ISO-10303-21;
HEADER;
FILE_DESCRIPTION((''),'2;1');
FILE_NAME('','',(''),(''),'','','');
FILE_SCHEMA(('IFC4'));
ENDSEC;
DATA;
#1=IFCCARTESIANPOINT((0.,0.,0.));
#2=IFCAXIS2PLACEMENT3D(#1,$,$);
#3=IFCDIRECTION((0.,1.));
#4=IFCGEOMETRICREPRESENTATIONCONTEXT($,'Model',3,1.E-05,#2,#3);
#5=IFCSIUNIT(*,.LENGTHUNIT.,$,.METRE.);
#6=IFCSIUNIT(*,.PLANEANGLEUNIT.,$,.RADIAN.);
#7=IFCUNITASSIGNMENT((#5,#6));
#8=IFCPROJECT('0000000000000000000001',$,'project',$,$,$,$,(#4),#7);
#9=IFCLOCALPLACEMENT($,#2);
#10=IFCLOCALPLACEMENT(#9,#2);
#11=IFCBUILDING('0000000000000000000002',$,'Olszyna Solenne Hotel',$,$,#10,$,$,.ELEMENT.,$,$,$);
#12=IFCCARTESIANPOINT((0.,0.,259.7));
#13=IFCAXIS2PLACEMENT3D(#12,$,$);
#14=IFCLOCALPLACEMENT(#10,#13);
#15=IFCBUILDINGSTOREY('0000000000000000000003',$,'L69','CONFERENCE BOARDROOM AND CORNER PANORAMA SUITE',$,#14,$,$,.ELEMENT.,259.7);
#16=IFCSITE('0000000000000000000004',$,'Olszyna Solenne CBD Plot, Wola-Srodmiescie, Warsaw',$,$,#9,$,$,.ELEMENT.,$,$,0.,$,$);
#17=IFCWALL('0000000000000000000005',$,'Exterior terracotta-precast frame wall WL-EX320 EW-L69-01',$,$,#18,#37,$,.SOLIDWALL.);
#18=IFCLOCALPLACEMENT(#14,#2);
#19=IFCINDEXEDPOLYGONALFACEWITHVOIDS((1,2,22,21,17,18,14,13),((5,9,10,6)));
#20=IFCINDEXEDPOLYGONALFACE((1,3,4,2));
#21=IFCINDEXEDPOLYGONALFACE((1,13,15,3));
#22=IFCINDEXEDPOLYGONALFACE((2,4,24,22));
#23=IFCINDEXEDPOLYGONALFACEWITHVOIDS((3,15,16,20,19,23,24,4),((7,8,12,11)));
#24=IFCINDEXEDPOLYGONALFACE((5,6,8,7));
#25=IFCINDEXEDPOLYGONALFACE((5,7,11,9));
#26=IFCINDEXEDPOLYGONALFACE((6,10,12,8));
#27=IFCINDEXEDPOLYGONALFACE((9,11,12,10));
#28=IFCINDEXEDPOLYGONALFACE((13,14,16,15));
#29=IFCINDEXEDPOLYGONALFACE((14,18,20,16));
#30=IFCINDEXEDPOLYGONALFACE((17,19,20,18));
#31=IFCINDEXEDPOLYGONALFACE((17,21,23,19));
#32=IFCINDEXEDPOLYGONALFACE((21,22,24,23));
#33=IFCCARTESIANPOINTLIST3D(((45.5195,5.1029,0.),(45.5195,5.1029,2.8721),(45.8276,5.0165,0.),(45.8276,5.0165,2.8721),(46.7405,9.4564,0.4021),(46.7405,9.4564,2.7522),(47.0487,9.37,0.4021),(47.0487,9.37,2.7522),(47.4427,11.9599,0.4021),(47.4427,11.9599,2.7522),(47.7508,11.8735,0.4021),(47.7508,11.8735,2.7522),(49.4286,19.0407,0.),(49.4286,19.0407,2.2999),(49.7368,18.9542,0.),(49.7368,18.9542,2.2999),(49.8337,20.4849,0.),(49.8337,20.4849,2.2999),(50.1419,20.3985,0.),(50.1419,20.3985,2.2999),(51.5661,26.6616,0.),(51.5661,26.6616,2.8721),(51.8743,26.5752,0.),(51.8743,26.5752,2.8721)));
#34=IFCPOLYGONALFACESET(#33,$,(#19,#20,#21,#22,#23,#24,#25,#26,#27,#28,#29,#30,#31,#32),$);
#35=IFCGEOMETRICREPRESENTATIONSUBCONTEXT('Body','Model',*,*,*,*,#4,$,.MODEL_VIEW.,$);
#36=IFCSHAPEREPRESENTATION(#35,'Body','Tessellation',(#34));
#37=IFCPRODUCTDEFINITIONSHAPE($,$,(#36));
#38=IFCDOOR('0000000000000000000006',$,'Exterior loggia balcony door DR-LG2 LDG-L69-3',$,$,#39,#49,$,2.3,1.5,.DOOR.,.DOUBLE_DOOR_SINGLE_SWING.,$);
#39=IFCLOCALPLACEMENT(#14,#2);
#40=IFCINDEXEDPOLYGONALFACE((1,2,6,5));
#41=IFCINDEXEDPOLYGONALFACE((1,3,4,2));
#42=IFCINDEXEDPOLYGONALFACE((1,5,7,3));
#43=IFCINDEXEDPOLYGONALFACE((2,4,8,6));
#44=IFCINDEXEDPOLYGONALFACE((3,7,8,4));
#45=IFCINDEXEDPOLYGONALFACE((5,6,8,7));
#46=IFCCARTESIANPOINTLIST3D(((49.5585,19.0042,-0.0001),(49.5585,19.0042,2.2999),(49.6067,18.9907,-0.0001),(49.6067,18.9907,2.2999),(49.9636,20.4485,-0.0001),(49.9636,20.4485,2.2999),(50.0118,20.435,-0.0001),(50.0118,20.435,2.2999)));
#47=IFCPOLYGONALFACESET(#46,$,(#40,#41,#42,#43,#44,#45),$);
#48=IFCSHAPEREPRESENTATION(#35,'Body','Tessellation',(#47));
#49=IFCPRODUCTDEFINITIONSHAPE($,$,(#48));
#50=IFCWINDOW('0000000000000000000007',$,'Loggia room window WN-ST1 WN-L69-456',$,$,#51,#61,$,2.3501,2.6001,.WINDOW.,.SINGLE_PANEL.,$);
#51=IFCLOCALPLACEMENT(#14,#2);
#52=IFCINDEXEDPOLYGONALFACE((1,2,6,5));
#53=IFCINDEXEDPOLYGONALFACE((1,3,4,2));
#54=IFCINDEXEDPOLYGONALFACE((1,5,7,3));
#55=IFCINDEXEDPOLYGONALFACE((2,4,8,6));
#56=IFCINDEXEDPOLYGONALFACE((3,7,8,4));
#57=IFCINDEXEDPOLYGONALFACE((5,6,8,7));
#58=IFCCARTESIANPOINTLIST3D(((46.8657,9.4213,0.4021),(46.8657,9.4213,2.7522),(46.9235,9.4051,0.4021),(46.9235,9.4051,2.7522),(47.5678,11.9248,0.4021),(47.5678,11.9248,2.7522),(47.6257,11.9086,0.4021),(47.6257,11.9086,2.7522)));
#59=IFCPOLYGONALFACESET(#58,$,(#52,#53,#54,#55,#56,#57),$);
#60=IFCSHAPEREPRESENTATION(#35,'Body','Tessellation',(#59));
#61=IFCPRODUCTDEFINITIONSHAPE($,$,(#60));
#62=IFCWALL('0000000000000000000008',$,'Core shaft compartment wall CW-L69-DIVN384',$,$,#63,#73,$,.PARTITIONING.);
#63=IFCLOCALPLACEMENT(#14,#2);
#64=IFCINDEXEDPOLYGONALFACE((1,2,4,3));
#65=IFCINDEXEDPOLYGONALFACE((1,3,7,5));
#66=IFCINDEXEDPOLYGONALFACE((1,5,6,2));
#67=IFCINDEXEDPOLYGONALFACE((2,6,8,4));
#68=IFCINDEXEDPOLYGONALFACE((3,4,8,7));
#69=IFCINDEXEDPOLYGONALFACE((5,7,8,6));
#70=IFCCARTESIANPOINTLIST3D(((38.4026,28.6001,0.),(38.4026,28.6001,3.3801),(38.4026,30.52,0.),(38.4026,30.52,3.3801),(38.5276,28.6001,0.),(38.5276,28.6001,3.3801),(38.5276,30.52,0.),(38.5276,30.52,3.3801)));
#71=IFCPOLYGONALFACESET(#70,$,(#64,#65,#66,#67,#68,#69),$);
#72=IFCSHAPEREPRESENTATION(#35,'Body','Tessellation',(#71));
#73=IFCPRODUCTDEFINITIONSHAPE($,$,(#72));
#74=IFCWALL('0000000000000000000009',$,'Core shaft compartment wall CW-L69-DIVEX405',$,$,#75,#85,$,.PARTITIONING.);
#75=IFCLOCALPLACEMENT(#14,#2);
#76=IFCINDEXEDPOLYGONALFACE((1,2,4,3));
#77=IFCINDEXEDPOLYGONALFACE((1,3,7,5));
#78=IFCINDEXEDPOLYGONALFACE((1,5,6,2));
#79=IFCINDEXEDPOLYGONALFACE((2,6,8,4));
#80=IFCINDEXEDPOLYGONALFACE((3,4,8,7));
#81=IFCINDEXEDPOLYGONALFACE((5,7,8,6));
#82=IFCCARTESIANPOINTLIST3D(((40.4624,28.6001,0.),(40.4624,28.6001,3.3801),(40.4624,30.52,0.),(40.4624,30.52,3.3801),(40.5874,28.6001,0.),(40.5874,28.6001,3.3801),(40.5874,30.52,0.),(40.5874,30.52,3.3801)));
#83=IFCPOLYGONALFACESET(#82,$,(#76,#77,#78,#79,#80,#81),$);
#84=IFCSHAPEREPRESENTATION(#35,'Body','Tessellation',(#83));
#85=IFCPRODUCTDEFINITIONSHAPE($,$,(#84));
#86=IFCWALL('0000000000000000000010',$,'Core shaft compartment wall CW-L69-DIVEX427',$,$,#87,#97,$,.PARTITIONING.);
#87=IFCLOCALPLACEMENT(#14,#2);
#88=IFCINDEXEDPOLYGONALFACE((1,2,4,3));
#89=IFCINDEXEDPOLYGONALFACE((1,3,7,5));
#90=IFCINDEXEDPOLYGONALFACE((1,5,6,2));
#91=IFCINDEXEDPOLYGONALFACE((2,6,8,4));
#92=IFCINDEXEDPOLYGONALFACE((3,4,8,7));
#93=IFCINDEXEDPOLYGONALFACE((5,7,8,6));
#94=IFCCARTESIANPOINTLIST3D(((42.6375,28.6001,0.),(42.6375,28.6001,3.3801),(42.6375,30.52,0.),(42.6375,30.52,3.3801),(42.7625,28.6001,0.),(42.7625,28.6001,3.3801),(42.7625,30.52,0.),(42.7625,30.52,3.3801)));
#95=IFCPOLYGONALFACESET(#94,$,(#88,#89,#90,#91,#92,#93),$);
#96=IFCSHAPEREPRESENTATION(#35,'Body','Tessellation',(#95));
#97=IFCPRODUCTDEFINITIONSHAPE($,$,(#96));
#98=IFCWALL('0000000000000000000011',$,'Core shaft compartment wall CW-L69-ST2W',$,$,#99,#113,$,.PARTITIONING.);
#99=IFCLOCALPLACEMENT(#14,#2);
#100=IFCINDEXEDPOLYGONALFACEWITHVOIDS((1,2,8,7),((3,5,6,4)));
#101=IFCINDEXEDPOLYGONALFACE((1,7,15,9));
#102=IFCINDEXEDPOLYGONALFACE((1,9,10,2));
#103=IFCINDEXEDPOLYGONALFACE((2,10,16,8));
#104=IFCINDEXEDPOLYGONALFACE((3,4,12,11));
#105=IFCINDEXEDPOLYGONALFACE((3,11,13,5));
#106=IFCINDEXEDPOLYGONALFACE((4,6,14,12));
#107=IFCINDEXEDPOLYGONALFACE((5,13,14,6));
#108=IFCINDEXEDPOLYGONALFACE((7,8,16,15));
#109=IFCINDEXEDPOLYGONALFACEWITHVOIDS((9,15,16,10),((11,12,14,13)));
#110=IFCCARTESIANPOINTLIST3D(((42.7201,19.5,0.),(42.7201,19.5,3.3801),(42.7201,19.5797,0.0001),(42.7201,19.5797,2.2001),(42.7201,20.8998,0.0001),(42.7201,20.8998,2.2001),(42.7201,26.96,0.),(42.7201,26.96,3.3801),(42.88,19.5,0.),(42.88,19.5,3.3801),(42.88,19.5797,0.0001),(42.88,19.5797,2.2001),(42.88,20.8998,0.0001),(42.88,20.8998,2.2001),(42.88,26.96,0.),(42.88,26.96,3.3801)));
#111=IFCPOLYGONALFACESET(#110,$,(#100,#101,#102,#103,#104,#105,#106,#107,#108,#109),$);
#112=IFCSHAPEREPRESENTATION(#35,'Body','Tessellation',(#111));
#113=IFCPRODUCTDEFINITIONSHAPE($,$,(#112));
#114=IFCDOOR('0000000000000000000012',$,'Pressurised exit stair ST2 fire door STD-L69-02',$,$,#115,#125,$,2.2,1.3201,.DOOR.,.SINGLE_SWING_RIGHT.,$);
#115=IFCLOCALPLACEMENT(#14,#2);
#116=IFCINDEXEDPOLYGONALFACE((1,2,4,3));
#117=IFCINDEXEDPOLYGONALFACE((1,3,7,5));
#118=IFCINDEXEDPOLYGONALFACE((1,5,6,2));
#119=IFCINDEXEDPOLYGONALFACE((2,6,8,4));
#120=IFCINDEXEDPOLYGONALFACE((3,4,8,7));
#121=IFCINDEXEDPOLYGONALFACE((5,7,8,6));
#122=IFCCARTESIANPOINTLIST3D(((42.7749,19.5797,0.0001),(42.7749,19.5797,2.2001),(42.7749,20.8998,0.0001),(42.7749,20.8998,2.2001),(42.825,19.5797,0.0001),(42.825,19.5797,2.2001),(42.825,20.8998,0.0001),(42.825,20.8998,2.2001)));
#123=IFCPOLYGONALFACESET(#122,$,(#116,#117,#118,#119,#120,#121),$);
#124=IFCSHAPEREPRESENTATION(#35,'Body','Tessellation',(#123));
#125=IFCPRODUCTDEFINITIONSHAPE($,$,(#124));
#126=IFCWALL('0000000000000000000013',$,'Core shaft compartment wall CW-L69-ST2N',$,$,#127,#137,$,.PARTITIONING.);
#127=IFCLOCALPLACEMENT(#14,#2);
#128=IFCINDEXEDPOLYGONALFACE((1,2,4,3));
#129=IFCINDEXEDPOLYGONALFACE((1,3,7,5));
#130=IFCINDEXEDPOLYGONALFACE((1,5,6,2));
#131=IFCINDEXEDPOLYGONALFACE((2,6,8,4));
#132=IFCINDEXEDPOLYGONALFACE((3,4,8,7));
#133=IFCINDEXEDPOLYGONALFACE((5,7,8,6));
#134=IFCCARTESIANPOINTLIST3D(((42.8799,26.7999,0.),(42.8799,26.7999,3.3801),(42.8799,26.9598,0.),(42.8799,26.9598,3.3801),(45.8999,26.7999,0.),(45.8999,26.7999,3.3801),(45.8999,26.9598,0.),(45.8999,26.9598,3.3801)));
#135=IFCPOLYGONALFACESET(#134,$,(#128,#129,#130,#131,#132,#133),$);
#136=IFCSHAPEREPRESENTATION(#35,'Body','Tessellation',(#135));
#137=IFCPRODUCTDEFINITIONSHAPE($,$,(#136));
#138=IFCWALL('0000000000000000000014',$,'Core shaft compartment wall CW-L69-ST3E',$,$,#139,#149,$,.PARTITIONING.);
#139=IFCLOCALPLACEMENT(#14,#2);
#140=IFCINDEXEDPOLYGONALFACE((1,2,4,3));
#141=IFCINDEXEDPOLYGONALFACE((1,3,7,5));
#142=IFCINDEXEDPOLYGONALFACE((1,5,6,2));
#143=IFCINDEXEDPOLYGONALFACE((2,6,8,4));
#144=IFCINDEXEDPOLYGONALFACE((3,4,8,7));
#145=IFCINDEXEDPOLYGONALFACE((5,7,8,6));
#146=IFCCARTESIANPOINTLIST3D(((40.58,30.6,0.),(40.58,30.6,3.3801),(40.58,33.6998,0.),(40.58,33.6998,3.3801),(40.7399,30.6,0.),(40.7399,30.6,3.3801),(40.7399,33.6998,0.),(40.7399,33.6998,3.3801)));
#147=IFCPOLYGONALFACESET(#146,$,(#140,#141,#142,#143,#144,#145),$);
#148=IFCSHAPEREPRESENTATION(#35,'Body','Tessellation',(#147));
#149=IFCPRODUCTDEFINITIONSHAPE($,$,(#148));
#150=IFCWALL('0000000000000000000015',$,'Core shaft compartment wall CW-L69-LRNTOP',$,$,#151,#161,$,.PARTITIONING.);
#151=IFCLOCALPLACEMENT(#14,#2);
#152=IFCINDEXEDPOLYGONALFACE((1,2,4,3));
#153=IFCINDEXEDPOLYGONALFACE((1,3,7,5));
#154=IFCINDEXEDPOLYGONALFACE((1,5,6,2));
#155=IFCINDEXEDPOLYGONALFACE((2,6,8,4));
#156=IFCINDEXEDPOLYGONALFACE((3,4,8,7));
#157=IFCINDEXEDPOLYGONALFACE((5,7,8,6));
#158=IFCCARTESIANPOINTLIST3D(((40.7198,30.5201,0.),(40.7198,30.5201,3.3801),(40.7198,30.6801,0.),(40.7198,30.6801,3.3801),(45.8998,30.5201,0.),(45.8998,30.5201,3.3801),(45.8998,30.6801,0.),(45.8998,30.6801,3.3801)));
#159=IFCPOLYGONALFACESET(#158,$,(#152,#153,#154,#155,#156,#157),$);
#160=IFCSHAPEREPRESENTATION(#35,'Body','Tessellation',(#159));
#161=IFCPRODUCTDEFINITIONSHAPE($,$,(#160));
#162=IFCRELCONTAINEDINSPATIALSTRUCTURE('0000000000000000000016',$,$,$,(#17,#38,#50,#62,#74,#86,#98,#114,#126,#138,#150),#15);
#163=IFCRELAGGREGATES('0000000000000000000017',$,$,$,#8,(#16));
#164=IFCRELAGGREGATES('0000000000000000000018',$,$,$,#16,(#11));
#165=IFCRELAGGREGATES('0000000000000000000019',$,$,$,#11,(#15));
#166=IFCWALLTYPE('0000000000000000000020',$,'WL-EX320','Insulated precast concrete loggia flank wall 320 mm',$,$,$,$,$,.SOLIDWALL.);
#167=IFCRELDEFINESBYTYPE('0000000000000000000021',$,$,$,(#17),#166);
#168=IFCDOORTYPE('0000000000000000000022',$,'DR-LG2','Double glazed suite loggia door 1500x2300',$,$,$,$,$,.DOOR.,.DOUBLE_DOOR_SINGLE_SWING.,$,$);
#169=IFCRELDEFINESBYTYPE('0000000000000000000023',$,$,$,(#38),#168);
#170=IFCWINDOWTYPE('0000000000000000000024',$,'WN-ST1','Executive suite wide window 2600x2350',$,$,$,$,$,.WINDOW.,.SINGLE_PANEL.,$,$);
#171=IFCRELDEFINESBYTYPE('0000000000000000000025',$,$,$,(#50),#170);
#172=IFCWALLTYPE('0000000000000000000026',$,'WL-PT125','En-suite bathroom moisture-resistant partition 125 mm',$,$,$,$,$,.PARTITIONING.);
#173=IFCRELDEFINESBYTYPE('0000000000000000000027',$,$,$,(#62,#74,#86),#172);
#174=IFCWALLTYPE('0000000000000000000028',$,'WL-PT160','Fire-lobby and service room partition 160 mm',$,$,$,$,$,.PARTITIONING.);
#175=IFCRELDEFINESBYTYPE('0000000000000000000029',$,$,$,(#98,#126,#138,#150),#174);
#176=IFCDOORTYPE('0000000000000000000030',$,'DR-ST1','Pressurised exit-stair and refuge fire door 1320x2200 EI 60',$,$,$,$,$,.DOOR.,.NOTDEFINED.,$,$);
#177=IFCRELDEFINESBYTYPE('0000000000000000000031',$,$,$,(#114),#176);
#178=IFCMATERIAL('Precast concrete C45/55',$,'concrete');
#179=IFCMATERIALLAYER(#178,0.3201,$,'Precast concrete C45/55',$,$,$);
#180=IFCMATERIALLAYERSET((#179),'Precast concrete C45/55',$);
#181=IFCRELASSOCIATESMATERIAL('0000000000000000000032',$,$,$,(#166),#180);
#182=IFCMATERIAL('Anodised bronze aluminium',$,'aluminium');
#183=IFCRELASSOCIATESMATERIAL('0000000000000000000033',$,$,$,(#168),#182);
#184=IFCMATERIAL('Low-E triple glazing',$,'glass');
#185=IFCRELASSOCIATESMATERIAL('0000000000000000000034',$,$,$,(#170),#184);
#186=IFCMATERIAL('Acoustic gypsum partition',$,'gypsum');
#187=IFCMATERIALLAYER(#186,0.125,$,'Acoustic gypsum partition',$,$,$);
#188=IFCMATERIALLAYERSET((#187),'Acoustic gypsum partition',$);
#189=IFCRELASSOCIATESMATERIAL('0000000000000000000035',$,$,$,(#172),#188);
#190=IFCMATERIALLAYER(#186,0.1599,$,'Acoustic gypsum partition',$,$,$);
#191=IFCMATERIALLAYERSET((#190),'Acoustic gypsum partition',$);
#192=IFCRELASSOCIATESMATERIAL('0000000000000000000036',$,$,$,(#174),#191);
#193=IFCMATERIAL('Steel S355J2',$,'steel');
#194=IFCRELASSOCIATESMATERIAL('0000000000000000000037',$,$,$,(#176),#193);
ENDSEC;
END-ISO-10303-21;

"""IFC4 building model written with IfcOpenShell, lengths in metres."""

from ifc_helpers import new_model, si_unit, direction, frame, frame_2d, origin, place, context, subcontext, project, spatial, rectangle, extrude, source, transform, mapped, material, layer, layer_set, type_object, type_shapes, element, fill, save


model = new_model("IFC4")

# Units and contexts
model_context = context("Model", 3, precision=1e-05, world=origin(), true_north=direction((0.0, 1.0)))
body_context = subcontext(model_context, "Body", "Model", "MODEL_VIEW")
ifc_project = project(units=[si_unit("LENGTHUNIT", "METRE"), si_unit("PLANEANGLEUNIT", "RADIAN")], contexts=[model_context])

# Site, building, storey
site_placement = place(None, origin())
site = spatial("IfcSite", under=ifc_project, at=site_placement, Name="Olszyna Solenne CBD Plot, Wola-Srodmiescie, Warsaw", CompositionType="ELEMENT", RefElevation=0.0)
building_placement = place(site_placement, origin())
building = spatial("IfcBuilding", under=site, at=building_placement, Name="Olszyna Solenne Hotel", CompositionType="ELEMENT")
storey_placement = place(building_placement, frame((0.0, 0.0, 259.7)))
storey = spatial("IfcBuildingStorey", under=building, at=storey_placement, Name="L69", Description="CONFERENCE BOARDROOM AND CORNER PANORAMA SUITE", CompositionType="ELEMENT", Elevation=259.7)

# Shared definitions
ifc_material_1 = material(Name="Steel S355J2", Category="steel")

# Wall, openings, door, window
ifc_material_2 = material(Name="Precast concrete C45/55", Category="concrete")
ifc_layer_1 = layer(ifc_material_2, 0.3201, Name="Precast concrete C45/55")
ifc_layer_set_1 = layer_set([ifc_layer_1], Name="Precast concrete C45/55")
wall_type_1 = type_object("IfcWallType", Name="WL-EX320", Description="Insulated precast concrete loggia flank wall 320 mm", PredefinedType="SOLIDWALL", material=ifc_layer_set_1)
wall_1_placement = place(storey_placement, frame((51.7202, 26.6184, 0.0), z_axis=(0.0, 0.0, 1.0), x_axis=(-0.270053, -0.962845, 0.0)))
wall_1 = element("IfcWall", 1, at=wall_1_placement, inside=storey, type_object=wall_type_1, Name="Exterior terracotta-precast frame wall WL-EX320 EW-L69-01", PredefinedType="SOLIDWALL", context=body_context, shape_type="SweptSolid", body=[
    extrude(rectangle(XDim=22.3906, YDim=0.3201, at=frame_2d((11.1953, 0.0))), origin(), (0.0, 0.0, 1.0), 2.8721),
])
opening_1_placement = place(wall_1_placement, frame((6.415, 0.0, 0.0)))
opening_1 = element("IfcOpeningElement", 2, at=opening_1_placement, cuts=wall_1, PredefinedType="OPENING", context=body_context, shape_type="SweptSolid", body=[
    extrude(rectangle(XDim=1.5, YDim=2.3, at=frame_2d((0.75, 1.1499))), frame((0.0, 0.1699, 0.0), z_axis=(0.0, -1.0, 0.0), x_axis=(1.0, 0.0, 0.0)), (0.0, 0.0, 1.0), 0.3401),
])
opening_2_placement = place(wall_1_placement, frame((15.269, 0.0, 0.4021)))
opening_2 = element("IfcOpeningElement", 3, at=opening_2_placement, cuts=wall_1, PredefinedType="OPENING", context=body_context, shape_type="SweptSolid", body=[
    extrude(rectangle(XDim=2.6001, YDim=2.3501, at=frame_2d((1.3, 1.175))), frame((0.0, 0.1699, 0.0), z_axis=(0.0, -1.0, 0.0), x_axis=(1.0, 0.0, 0.0)), (0.0, 0.0, 1.0), 0.3401),
])
ifc_material_3 = material(Name="Anodised bronze aluminium", Category="aluminium")
door_type_1 = type_object("IfcDoorType", Name="DR-LG2", Description="Double glazed suite loggia door 1500x2300", OperationType="DOUBLE_DOOR_SINGLE_SWING", PredefinedType="DOOR", material=ifc_material_3)
shared_shape_1 = source(origin(), body_context, "Body", "SweptSolid", [
    extrude(rectangle(XDim=1.5, YDim=2.3, at=frame_2d((0.75, 1.1499))), frame((0.0, 0.0249, 0.0), z_axis=(0.0, -1.0, 0.0), x_axis=(1.0, 0.0, 0.0)), (0.0, 0.0, 1.0), 0.05),
])
type_shapes(door_type_1, [shared_shape_1])
door_1_placement = place(opening_1_placement, origin())
door_1 = element("IfcDoor", 4, at=door_1_placement, inside=storey, type_object=door_type_1, Name="Exterior loggia balcony door DR-LG2 LDG-L69-3", OperationType="DOUBLE_DOOR_SINGLE_SWING", OverallHeight=2.3, OverallWidth=1.5, PredefinedType="DOOR", context=body_context, shape_type="MappedRepresentation", body=[
    mapped(shared_shape_1, transform((0.0, 0.0, 0.0), x_axis=(1.0, 0.0, 0.0), y_axis=(0.0, 1.0, 0.0), z_axis=(0.0, 0.0, 1.0), scale=1.0)),
])
fill(opening_1, door_1)
ifc_material_4 = material(Name="Low-E triple glazing", Category="glass")
window_type = type_object("IfcWindowType", Name="WN-ST1", Description="Executive suite wide window 2600x2350", PartitioningType="SINGLE_PANEL", PredefinedType="WINDOW", material=ifc_material_4)
shared_shape_2 = source(origin(), body_context, "Body", "SweptSolid", [
    extrude(rectangle(XDim=2.6001, YDim=2.3501, at=frame_2d((1.3, 1.175))), frame((0.0, 0.03, 0.0), z_axis=(0.0, -1.0, 0.0), x_axis=(1.0, 0.0, 0.0)), (0.0, 0.0, 1.0), 0.0601),
])
type_shapes(window_type, [shared_shape_2])
window_placement = place(opening_2_placement, origin())
window = element("IfcWindow", 5, at=window_placement, inside=storey, type_object=window_type, Name="Loggia room window WN-ST1 WN-L69-456", OverallHeight=2.3501, OverallWidth=2.6001, PartitioningType="SINGLE_PANEL", PredefinedType="WINDOW", context=body_context, shape_type="MappedRepresentation", body=[
    mapped(shared_shape_2, transform((0.0, 0.0, 0.0), x_axis=(1.0, 0.0, 0.0), y_axis=(0.0, 1.0, 0.0), z_axis=(0.0, 0.0, 1.0), scale=1.0)),
])
fill(opening_2, window)

# Walls
ifc_material_5 = material(Name="Acoustic gypsum partition", Category="gypsum")
ifc_layer_2 = layer(ifc_material_5, 0.125, Name="Acoustic gypsum partition")
ifc_layer_set_2 = layer_set([ifc_layer_2], Name="Acoustic gypsum partition")
wall_type_2 = type_object("IfcWallType", Name="WL-PT125", Description="En-suite bathroom moisture-resistant partition 125 mm", PredefinedType="PARTITIONING", material=ifc_layer_set_2)
for number, where, z_axis, x_axis, name in (
    (6, (38.4651, 28.6001, 0.0), (0.0, 0.0, 1.0), (0.0, 1.0, 0.0), "Core shaft compartment wall CW-L69-DIVN384"),
    (7, (40.5249, 28.6001, 0.0), (0.0, 0.0, 1.0), (0.0, 1.0, 0.0), "Core shaft compartment wall CW-L69-DIVEX405"),
    (8, (42.7, 28.6001, 0.0), (0.0, 0.0, 1.0), (0.0, 1.0, 0.0), "Core shaft compartment wall CW-L69-DIVEX427"),
):
    element("IfcWall", number, at=place(storey_placement, frame(where, z_axis=z_axis, x_axis=x_axis)), inside=storey, type_object=wall_type_2, Name=name, PredefinedType="PARTITIONING", context=body_context, shape_type="SweptSolid", body=[
        extrude(rectangle(XDim=1.9199, YDim=0.125, at=frame_2d((0.96, 0.0))), origin(), (0.0, 0.0, 1.0), 3.3801),
    ])

# Wall, opening, door
ifc_layer_3 = layer(ifc_material_5, 0.1599, Name="Acoustic gypsum partition")
ifc_layer_set_3 = layer_set([ifc_layer_3], Name="Acoustic gypsum partition")
wall_type_3 = type_object("IfcWallType", Name="WL-PT160", Description="Fire-lobby and service room partition 160 mm", PredefinedType="PARTITIONING", material=ifc_layer_set_3)
wall_2_placement = place(storey_placement, frame((42.8, 26.96, 0.0), z_axis=(0.0, 0.0, 1.0), x_axis=(0.0, -1.0, 0.0)))
wall_2 = element("IfcWall", 9, at=wall_2_placement, inside=storey, type_object=wall_type_3, Name="Core shaft compartment wall CW-L69-ST2W", PredefinedType="PARTITIONING", context=body_context, shape_type="SweptSolid", body=[
    extrude(rectangle(XDim=7.46, YDim=0.1599, at=frame_2d((3.73, 0.0))), origin(), (0.0, 0.0, 1.0), 3.3801),
])
opening_3_placement = place(wall_2_placement, frame((6.0601, 0.0, 0.0)))
opening_3 = element("IfcOpeningElement", 10, at=opening_3_placement, cuts=wall_2, PredefinedType="OPENING", context=body_context, shape_type="SweptSolid", body=[
    extrude(rectangle(XDim=1.3201, YDim=2.2, at=frame_2d((0.6602, 1.1001))), frame((0.0, 0.0898, 0.0), z_axis=(0.0, -1.0, 0.0), x_axis=(1.0, 0.0, 0.0)), (0.0, 0.0, 1.0), 0.1799),
])
door_type_2 = type_object("IfcDoorType", Name="DR-ST1", Description="Pressurised exit-stair and refuge fire door 1320x2200 EI 60", OperationType="NOTDEFINED", PredefinedType="DOOR", material=ifc_material_1)
shared_shape_3 = source(origin(), body_context, "Body", "SweptSolid", [
    extrude(rectangle(XDim=1.3201, YDim=2.2, at=frame_2d((0.6602, 1.1001))), frame((0.0, 0.0249, 0.0), z_axis=(0.0, -1.0, 0.0), x_axis=(1.0, 0.0, 0.0)), (0.0, 0.0, 1.0), 0.05),
])
type_shapes(door_type_2, [shared_shape_3])
door_2_placement = place(opening_3_placement, origin())
door_2 = element("IfcDoor", 11, at=door_2_placement, inside=storey, type_object=door_type_2, Name="Pressurised exit stair ST2 fire door STD-L69-02", OperationType="SINGLE_SWING_RIGHT", OverallHeight=2.2, OverallWidth=1.3201, PredefinedType="DOOR", context=body_context, shape_type="MappedRepresentation", body=[
    mapped(shared_shape_3, transform((0.0, 0.0, 0.0), x_axis=(1.0, 0.0, 0.0), y_axis=(0.0, 1.0, 0.0), z_axis=(0.0, 0.0, 1.0), scale=1.0)),
])
fill(opening_3, door_2)

# Walls
wall_3_placement = place(storey_placement, frame((42.8799, 26.8799, 0.0), z_axis=(0.0, 0.0, 1.0), x_axis=(1.0, 0.0, 0.0)))
element("IfcWall", 12, at=wall_3_placement, inside=storey, type_object=wall_type_3, Name="Core shaft compartment wall CW-L69-ST2N", PredefinedType="PARTITIONING", context=body_context, shape_type="SweptSolid", body=[
    extrude(rectangle(XDim=3.02, YDim=0.1599, at=frame_2d((1.51, 0.0))), origin(), (0.0, 0.0, 1.0), 3.3801),
])
wall_4_placement = place(storey_placement, frame((40.6599, 30.6001, 0.0), z_axis=(0.0, 0.0, 1.0), x_axis=(0.0, 1.0, 0.0)))
element("IfcWall", 13, at=wall_4_placement, inside=storey, type_object=wall_type_3, Name="Core shaft compartment wall CW-L69-ST3E", PredefinedType="PARTITIONING", context=body_context, shape_type="SweptSolid", body=[
    extrude(rectangle(XDim=3.0999, YDim=0.1599, at=frame_2d((1.5498, 0.0))), origin(), (0.0, 0.0, 1.0), 3.3801),
])
wall_5_placement = place(storey_placement, frame((40.72, 30.6001, 0.0), z_axis=(0.0, 0.0, 1.0), x_axis=(1.0, 0.0, 0.0)))
element("IfcWall", 14, at=wall_5_placement, inside=storey, type_object=wall_type_3, Name="Core shaft compartment wall CW-L69-LRNTOP", PredefinedType="PARTITIONING", context=body_context, shape_type="SweptSolid", body=[
    extrude(rectangle(XDim=5.1799, YDim=0.1599, at=frame_2d((2.5898, 0.0))), origin(), (0.0, 0.0, 1.0), 3.3801),
])

save(model, "model.ifc")
